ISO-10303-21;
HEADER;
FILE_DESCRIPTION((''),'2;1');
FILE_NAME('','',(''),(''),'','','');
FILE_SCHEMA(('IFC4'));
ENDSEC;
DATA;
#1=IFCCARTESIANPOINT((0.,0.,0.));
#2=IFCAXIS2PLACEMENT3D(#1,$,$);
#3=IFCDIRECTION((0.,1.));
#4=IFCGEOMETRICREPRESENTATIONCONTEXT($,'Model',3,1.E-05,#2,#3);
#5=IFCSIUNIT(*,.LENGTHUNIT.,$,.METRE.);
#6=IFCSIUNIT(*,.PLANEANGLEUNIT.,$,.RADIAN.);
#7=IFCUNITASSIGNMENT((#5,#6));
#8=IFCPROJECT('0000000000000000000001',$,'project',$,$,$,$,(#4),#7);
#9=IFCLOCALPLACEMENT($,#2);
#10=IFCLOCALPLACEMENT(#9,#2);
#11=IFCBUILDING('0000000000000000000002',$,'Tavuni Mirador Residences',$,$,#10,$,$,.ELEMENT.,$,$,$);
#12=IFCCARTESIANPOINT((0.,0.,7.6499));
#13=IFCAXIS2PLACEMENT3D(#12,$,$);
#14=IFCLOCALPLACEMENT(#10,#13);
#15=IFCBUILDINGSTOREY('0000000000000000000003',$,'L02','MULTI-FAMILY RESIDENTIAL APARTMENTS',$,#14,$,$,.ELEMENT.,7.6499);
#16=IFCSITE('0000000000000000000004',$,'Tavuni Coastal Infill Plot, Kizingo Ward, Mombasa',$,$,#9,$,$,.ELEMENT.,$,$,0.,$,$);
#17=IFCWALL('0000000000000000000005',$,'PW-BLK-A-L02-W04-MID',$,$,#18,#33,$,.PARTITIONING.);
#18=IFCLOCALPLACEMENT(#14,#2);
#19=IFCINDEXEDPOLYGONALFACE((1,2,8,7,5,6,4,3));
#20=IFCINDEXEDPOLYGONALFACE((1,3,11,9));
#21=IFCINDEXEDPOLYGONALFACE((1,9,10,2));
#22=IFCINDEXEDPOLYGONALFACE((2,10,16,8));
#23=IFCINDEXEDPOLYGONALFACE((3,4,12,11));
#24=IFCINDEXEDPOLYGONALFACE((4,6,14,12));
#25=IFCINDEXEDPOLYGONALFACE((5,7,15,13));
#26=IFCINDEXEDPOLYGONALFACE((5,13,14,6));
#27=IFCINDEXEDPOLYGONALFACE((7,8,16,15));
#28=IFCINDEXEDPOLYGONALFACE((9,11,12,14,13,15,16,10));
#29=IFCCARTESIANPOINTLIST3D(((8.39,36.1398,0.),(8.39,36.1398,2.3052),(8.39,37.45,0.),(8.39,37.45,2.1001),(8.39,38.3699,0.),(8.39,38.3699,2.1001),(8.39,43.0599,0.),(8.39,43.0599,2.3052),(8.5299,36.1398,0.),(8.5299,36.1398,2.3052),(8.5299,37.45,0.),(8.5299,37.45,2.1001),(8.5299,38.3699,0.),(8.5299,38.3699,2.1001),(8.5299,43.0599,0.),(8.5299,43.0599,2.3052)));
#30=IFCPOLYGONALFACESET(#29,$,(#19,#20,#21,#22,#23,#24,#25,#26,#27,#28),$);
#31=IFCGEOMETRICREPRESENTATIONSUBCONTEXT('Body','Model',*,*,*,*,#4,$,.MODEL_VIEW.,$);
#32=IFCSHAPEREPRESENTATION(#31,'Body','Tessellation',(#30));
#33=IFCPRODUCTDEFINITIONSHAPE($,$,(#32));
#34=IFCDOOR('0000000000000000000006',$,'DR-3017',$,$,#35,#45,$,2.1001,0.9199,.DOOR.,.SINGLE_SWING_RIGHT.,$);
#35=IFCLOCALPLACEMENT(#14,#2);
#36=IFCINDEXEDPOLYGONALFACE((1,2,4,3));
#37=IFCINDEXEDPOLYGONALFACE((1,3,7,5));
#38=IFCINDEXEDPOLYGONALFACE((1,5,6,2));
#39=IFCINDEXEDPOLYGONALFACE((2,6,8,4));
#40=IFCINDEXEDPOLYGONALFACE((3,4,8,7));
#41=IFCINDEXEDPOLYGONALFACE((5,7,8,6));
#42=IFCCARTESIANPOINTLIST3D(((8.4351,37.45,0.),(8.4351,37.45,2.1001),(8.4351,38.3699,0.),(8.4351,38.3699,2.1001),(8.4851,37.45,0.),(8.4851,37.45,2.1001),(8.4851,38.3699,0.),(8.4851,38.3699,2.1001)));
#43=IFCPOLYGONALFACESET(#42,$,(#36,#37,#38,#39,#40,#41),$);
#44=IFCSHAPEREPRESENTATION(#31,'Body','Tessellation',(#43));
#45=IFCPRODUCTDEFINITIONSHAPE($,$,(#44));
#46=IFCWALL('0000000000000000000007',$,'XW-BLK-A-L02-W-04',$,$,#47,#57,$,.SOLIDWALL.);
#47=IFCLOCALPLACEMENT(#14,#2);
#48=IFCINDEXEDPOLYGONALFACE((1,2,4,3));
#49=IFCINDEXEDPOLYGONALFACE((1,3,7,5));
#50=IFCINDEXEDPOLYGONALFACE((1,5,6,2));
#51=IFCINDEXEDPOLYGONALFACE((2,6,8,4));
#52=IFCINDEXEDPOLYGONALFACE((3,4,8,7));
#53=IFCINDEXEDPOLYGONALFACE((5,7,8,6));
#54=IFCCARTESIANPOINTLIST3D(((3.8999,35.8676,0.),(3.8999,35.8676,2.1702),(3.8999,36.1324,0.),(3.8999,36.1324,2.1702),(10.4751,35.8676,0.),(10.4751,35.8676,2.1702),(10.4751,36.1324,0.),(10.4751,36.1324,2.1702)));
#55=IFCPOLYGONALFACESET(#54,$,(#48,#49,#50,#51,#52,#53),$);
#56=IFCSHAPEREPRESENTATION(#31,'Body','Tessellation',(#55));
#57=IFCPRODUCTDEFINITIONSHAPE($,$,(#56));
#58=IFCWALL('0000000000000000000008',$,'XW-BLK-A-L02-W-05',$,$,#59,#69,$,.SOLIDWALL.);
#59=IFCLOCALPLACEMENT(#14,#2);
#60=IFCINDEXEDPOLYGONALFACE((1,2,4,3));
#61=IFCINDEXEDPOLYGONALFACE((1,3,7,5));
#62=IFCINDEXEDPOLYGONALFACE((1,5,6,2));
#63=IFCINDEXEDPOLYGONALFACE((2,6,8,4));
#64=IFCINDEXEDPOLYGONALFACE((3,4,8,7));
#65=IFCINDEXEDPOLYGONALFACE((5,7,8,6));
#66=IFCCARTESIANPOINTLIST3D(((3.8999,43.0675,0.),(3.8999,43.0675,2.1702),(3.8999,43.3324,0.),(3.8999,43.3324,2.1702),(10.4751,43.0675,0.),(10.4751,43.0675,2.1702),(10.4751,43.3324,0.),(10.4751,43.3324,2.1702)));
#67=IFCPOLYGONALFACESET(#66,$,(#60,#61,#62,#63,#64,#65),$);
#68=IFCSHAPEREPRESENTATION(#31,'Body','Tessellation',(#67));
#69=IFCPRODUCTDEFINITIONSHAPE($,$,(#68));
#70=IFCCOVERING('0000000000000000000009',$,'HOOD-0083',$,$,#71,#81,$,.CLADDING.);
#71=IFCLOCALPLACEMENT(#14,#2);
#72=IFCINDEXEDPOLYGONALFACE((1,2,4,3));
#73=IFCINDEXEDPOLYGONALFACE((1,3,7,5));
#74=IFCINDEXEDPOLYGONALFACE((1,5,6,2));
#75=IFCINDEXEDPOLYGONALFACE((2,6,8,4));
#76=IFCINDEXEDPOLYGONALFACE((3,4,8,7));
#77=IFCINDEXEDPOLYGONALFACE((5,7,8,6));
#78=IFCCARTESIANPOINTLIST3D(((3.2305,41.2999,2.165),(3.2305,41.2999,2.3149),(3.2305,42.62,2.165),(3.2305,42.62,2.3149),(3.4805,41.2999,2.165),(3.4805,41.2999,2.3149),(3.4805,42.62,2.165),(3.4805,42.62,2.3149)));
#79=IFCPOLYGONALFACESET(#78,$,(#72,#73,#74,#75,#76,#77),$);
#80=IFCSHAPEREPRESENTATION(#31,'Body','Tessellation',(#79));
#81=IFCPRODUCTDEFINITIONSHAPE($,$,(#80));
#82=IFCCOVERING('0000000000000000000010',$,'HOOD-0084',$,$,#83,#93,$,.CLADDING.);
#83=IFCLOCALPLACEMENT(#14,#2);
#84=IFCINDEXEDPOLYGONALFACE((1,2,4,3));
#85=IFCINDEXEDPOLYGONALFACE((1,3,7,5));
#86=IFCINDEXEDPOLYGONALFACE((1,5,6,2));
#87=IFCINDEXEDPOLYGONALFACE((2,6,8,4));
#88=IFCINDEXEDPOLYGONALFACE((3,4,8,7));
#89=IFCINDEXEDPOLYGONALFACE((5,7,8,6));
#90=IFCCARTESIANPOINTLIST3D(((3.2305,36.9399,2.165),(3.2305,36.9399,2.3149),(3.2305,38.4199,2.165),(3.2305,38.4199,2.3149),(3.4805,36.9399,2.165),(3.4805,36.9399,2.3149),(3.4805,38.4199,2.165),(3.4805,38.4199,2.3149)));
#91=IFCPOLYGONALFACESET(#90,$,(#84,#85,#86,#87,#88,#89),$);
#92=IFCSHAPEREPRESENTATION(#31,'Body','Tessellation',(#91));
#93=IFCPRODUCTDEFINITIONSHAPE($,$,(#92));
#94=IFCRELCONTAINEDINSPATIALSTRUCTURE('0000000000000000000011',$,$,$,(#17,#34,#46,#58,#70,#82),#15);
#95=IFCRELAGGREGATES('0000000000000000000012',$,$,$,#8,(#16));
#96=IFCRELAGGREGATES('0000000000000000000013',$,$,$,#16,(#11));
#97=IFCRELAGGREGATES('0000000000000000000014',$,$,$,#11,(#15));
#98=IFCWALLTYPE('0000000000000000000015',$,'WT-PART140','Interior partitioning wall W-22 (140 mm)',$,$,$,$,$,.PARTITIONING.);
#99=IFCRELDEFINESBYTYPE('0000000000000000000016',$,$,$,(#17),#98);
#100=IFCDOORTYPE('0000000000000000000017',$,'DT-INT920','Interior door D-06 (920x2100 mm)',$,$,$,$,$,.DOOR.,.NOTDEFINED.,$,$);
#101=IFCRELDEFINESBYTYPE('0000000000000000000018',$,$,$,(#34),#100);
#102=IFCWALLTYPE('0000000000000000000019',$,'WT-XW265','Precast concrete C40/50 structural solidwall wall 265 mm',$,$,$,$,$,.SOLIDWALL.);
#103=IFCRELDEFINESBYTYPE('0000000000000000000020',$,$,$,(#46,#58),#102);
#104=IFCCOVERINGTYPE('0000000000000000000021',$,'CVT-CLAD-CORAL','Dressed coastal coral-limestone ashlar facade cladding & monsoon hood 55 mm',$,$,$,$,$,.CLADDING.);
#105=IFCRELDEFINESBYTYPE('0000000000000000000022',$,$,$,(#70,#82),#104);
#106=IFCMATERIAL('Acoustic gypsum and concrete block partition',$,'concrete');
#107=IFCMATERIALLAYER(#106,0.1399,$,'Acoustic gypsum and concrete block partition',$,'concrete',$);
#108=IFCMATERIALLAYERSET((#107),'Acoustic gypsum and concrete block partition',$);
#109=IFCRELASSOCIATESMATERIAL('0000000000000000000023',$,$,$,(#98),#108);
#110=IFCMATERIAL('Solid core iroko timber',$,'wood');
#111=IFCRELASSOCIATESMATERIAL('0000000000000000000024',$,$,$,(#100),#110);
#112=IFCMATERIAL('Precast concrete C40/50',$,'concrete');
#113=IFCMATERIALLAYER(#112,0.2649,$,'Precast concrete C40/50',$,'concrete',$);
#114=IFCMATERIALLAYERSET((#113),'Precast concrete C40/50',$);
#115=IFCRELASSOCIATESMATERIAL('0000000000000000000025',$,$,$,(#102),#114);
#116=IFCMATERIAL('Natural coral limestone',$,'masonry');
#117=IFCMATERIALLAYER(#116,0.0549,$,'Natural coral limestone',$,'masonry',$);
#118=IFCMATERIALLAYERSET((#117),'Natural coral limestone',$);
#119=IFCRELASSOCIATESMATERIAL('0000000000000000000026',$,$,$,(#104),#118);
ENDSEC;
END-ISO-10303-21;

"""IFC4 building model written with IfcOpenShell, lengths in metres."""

from ifc_helpers import new_model, si_unit, direction, frame, frame_2d, origin, origin_2d, place, context, subcontext, project, spatial, rectangle, extrude, material, layer, layer_set, type_object, element, fill, save


model = new_model("IFC4")

# Units and contexts
model_context = context("Model", 3, precision=1e-05, world=origin(), true_north=direction((0.0, 1.0)))
body_context = subcontext(model_context, "Body", "Model", "MODEL_VIEW")
ifc_project = project(units=[si_unit("LENGTHUNIT", "METRE"), si_unit("PLANEANGLEUNIT", "RADIAN")], contexts=[model_context])

# Site, building, storey
site_placement = place(None, origin())
site = spatial("IfcSite", under=ifc_project, at=site_placement, Name="Tavuni Coastal Infill Plot, Kizingo Ward, Mombasa", CompositionType="ELEMENT", RefElevation=0.0)
building_placement = place(site_placement, origin())
building = spatial("IfcBuilding", under=site, at=building_placement, Name="Tavuni Mirador Residences", CompositionType="ELEMENT")
storey_placement = place(building_placement, frame((0.0, 0.0, 7.6499)))
storey = spatial("IfcBuildingStorey", under=building, at=storey_placement, Name="L02", Description="MULTI-FAMILY RESIDENTIAL APARTMENTS", CompositionType="ELEMENT", Elevation=7.6499)

# Shared definitions
ifc_material_1 = material(Name="Precast concrete C40/50", Category="concrete")

# Shared definitions
ifc_material_2 = material(Name="Solid core iroko timber", Category="wood")

# Wall, opening, door
ifc_material_3 = material(Name="Acoustic gypsum and concrete block partition", Category="concrete")
ifc_layer_1 = layer(ifc_material_3, 0.1399, Name="Acoustic gypsum and concrete block partition", Category="concrete")
ifc_layer_set_1 = layer_set([ifc_layer_1], Name="Acoustic gypsum and concrete block partition")
wall_type_1 = type_object("IfcWallType", Name="WT-PART140", Description="Interior partitioning wall W-22 (140 mm)", PredefinedType="PARTITIONING", material=ifc_layer_set_1)
wall_1_placement = place(storey_placement, frame((8.46, 36.1399, 0.0), z_axis=(0.0, 0.0, 1.0), x_axis=(0.0, 1.0, 0.0)))
wall_1 = element("IfcWall", 1, at=wall_1_placement, inside=storey, type_object=wall_type_1, Name="PW-BLK-A-L02-W04-MID", PredefinedType="PARTITIONING", context=body_context, shape_type="SweptSolid", body=[
    extrude(rectangle(XDim=6.9202, YDim=0.1399, at=frame_2d((3.46, 0.0))), origin(), (0.0, 0.0, 1.0), 2.3052),
])
opening_1_placement = place(wall_1_placement, frame((1.3101, 0.0, 0.0)))
opening_1 = element("IfcOpeningElement", 2, at=opening_1_placement, cuts=wall_1, PredefinedType="OPENING", context=body_context, shape_type="SweptSolid", body=[
    extrude(rectangle(XDim=0.9199, YDim=2.1001, at=frame_2d((0.46, 1.05))), frame((0.0, 0.0801, 0.0), z_axis=(0.0, -1.0, 0.0), x_axis=(1.0, 0.0, 0.0)), (0.0, 0.0, 1.0), 0.1599),
])
door_type_1 = type_object("IfcDoorType", Name="DT-INT920", Description="Interior door D-06 (920x2100 mm)", OperationType="NOTDEFINED", PredefinedType="DOOR", material=ifc_material_2)
door_1_placement = place(opening_1_placement, origin())
door_1 = element("IfcDoor", 3, at=door_1_placement, inside=storey, type_object=door_type_1, Name="DR-3017", OperationType="SINGLE_SWING_RIGHT", OverallHeight=2.1001, OverallWidth=0.9199, PredefinedType="DOOR", context=body_context, shape_type="SweptSolid", body=[
    extrude(rectangle(XDim=0.9199, YDim=2.1001, at=frame_2d((0.46, 1.05))), frame((0.0, 0.0249, 0.0), z_axis=(0.0, -1.0, 0.0), x_axis=(1.0, 0.0, 0.0)), (0.0, 0.0, 1.0), 0.05),
])
fill(opening_1, door_1)

# Walls
ifc_layer_2 = layer(ifc_material_1, 0.2649, Name="Precast concrete C40/50", Category="concrete")
ifc_layer_set_2 = layer_set([ifc_layer_2], Name="Precast concrete C40/50")
wall_type_2 = type_object("IfcWallType", Name="WT-XW265", Description="Precast concrete C40/50 structural solidwall wall 265 mm", PredefinedType="SOLIDWALL", material=ifc_layer_set_2)
for number, where, z_axis, x_axis, name in (
    (4, (3.8999, 36.0, 0.0), (0.0, 0.0, 1.0), (1.0, 0.0, 0.0), "XW-BLK-A-L02-W-04"),
    (5, (3.8999, 43.2, 0.0), (0.0, 0.0, 1.0), (1.0, 0.0, 0.0), "XW-BLK-A-L02-W-05"),
):
    element("IfcWall", number, at=place(storey_placement, frame(where, z_axis=z_axis, x_axis=x_axis)), inside=storey, type_object=wall_type_2, Name=name, PredefinedType="SOLIDWALL", context=body_context, shape_type="SweptSolid", body=[
        extrude(rectangle(XDim=6.5752, YDim=0.2649, at=frame_2d((3.2876, 0.0))), origin(), (0.0, 0.0, 1.0), 2.1702),
    ])

# Coverings
ifc_material_4 = material(Name="Natural coral limestone", Category="masonry")
ifc_layer_3 = layer(ifc_material_4, 0.0549, Name="Natural coral limestone", Category="masonry")
ifc_layer_set_3 = layer_set([ifc_layer_3], Name="Natural coral limestone")
covering_type = type_object("IfcCoveringType", Name="CVT-CLAD-CORAL", Description="Dressed coastal coral-limestone ashlar facade cladding & monsoon hood 55 mm", PredefinedType="CLADDING", material=ifc_layer_set_3)
covering_1_placement = place(storey_placement, frame((3.3555, 41.96, 2.165), z_axis=(0.0, 0.0, 1.0), x_axis=(0.0, -1.0, 0.0)))
element("IfcCovering", 6, at=covering_1_placement, inside=storey, type_object=covering_type, Name="HOOD-0083", PredefinedType="CLADDING", context=body_context, shape_type="SweptSolid", body=[
    extrude(rectangle(XDim=1.3201, YDim=0.25, at=origin_2d()), origin(), (0.0, 0.0, 1.0), 0.1499),
])
covering_2_placement = place(storey_placement, frame((3.3555, 37.6799, 2.165), z_axis=(0.0, 0.0, 1.0), x_axis=(0.0, -1.0, 0.0)))
element("IfcCovering", 7, at=covering_2_placement, inside=storey, type_object=covering_type, Name="HOOD-0084", PredefinedType="CLADDING", context=body_context, shape_type="SweptSolid", body=[
    extrude(rectangle(XDim=1.48, YDim=0.25, at=origin_2d()), origin(), (0.0, 0.0, 1.0), 0.1499),
])

save(model, "model.ifc")
